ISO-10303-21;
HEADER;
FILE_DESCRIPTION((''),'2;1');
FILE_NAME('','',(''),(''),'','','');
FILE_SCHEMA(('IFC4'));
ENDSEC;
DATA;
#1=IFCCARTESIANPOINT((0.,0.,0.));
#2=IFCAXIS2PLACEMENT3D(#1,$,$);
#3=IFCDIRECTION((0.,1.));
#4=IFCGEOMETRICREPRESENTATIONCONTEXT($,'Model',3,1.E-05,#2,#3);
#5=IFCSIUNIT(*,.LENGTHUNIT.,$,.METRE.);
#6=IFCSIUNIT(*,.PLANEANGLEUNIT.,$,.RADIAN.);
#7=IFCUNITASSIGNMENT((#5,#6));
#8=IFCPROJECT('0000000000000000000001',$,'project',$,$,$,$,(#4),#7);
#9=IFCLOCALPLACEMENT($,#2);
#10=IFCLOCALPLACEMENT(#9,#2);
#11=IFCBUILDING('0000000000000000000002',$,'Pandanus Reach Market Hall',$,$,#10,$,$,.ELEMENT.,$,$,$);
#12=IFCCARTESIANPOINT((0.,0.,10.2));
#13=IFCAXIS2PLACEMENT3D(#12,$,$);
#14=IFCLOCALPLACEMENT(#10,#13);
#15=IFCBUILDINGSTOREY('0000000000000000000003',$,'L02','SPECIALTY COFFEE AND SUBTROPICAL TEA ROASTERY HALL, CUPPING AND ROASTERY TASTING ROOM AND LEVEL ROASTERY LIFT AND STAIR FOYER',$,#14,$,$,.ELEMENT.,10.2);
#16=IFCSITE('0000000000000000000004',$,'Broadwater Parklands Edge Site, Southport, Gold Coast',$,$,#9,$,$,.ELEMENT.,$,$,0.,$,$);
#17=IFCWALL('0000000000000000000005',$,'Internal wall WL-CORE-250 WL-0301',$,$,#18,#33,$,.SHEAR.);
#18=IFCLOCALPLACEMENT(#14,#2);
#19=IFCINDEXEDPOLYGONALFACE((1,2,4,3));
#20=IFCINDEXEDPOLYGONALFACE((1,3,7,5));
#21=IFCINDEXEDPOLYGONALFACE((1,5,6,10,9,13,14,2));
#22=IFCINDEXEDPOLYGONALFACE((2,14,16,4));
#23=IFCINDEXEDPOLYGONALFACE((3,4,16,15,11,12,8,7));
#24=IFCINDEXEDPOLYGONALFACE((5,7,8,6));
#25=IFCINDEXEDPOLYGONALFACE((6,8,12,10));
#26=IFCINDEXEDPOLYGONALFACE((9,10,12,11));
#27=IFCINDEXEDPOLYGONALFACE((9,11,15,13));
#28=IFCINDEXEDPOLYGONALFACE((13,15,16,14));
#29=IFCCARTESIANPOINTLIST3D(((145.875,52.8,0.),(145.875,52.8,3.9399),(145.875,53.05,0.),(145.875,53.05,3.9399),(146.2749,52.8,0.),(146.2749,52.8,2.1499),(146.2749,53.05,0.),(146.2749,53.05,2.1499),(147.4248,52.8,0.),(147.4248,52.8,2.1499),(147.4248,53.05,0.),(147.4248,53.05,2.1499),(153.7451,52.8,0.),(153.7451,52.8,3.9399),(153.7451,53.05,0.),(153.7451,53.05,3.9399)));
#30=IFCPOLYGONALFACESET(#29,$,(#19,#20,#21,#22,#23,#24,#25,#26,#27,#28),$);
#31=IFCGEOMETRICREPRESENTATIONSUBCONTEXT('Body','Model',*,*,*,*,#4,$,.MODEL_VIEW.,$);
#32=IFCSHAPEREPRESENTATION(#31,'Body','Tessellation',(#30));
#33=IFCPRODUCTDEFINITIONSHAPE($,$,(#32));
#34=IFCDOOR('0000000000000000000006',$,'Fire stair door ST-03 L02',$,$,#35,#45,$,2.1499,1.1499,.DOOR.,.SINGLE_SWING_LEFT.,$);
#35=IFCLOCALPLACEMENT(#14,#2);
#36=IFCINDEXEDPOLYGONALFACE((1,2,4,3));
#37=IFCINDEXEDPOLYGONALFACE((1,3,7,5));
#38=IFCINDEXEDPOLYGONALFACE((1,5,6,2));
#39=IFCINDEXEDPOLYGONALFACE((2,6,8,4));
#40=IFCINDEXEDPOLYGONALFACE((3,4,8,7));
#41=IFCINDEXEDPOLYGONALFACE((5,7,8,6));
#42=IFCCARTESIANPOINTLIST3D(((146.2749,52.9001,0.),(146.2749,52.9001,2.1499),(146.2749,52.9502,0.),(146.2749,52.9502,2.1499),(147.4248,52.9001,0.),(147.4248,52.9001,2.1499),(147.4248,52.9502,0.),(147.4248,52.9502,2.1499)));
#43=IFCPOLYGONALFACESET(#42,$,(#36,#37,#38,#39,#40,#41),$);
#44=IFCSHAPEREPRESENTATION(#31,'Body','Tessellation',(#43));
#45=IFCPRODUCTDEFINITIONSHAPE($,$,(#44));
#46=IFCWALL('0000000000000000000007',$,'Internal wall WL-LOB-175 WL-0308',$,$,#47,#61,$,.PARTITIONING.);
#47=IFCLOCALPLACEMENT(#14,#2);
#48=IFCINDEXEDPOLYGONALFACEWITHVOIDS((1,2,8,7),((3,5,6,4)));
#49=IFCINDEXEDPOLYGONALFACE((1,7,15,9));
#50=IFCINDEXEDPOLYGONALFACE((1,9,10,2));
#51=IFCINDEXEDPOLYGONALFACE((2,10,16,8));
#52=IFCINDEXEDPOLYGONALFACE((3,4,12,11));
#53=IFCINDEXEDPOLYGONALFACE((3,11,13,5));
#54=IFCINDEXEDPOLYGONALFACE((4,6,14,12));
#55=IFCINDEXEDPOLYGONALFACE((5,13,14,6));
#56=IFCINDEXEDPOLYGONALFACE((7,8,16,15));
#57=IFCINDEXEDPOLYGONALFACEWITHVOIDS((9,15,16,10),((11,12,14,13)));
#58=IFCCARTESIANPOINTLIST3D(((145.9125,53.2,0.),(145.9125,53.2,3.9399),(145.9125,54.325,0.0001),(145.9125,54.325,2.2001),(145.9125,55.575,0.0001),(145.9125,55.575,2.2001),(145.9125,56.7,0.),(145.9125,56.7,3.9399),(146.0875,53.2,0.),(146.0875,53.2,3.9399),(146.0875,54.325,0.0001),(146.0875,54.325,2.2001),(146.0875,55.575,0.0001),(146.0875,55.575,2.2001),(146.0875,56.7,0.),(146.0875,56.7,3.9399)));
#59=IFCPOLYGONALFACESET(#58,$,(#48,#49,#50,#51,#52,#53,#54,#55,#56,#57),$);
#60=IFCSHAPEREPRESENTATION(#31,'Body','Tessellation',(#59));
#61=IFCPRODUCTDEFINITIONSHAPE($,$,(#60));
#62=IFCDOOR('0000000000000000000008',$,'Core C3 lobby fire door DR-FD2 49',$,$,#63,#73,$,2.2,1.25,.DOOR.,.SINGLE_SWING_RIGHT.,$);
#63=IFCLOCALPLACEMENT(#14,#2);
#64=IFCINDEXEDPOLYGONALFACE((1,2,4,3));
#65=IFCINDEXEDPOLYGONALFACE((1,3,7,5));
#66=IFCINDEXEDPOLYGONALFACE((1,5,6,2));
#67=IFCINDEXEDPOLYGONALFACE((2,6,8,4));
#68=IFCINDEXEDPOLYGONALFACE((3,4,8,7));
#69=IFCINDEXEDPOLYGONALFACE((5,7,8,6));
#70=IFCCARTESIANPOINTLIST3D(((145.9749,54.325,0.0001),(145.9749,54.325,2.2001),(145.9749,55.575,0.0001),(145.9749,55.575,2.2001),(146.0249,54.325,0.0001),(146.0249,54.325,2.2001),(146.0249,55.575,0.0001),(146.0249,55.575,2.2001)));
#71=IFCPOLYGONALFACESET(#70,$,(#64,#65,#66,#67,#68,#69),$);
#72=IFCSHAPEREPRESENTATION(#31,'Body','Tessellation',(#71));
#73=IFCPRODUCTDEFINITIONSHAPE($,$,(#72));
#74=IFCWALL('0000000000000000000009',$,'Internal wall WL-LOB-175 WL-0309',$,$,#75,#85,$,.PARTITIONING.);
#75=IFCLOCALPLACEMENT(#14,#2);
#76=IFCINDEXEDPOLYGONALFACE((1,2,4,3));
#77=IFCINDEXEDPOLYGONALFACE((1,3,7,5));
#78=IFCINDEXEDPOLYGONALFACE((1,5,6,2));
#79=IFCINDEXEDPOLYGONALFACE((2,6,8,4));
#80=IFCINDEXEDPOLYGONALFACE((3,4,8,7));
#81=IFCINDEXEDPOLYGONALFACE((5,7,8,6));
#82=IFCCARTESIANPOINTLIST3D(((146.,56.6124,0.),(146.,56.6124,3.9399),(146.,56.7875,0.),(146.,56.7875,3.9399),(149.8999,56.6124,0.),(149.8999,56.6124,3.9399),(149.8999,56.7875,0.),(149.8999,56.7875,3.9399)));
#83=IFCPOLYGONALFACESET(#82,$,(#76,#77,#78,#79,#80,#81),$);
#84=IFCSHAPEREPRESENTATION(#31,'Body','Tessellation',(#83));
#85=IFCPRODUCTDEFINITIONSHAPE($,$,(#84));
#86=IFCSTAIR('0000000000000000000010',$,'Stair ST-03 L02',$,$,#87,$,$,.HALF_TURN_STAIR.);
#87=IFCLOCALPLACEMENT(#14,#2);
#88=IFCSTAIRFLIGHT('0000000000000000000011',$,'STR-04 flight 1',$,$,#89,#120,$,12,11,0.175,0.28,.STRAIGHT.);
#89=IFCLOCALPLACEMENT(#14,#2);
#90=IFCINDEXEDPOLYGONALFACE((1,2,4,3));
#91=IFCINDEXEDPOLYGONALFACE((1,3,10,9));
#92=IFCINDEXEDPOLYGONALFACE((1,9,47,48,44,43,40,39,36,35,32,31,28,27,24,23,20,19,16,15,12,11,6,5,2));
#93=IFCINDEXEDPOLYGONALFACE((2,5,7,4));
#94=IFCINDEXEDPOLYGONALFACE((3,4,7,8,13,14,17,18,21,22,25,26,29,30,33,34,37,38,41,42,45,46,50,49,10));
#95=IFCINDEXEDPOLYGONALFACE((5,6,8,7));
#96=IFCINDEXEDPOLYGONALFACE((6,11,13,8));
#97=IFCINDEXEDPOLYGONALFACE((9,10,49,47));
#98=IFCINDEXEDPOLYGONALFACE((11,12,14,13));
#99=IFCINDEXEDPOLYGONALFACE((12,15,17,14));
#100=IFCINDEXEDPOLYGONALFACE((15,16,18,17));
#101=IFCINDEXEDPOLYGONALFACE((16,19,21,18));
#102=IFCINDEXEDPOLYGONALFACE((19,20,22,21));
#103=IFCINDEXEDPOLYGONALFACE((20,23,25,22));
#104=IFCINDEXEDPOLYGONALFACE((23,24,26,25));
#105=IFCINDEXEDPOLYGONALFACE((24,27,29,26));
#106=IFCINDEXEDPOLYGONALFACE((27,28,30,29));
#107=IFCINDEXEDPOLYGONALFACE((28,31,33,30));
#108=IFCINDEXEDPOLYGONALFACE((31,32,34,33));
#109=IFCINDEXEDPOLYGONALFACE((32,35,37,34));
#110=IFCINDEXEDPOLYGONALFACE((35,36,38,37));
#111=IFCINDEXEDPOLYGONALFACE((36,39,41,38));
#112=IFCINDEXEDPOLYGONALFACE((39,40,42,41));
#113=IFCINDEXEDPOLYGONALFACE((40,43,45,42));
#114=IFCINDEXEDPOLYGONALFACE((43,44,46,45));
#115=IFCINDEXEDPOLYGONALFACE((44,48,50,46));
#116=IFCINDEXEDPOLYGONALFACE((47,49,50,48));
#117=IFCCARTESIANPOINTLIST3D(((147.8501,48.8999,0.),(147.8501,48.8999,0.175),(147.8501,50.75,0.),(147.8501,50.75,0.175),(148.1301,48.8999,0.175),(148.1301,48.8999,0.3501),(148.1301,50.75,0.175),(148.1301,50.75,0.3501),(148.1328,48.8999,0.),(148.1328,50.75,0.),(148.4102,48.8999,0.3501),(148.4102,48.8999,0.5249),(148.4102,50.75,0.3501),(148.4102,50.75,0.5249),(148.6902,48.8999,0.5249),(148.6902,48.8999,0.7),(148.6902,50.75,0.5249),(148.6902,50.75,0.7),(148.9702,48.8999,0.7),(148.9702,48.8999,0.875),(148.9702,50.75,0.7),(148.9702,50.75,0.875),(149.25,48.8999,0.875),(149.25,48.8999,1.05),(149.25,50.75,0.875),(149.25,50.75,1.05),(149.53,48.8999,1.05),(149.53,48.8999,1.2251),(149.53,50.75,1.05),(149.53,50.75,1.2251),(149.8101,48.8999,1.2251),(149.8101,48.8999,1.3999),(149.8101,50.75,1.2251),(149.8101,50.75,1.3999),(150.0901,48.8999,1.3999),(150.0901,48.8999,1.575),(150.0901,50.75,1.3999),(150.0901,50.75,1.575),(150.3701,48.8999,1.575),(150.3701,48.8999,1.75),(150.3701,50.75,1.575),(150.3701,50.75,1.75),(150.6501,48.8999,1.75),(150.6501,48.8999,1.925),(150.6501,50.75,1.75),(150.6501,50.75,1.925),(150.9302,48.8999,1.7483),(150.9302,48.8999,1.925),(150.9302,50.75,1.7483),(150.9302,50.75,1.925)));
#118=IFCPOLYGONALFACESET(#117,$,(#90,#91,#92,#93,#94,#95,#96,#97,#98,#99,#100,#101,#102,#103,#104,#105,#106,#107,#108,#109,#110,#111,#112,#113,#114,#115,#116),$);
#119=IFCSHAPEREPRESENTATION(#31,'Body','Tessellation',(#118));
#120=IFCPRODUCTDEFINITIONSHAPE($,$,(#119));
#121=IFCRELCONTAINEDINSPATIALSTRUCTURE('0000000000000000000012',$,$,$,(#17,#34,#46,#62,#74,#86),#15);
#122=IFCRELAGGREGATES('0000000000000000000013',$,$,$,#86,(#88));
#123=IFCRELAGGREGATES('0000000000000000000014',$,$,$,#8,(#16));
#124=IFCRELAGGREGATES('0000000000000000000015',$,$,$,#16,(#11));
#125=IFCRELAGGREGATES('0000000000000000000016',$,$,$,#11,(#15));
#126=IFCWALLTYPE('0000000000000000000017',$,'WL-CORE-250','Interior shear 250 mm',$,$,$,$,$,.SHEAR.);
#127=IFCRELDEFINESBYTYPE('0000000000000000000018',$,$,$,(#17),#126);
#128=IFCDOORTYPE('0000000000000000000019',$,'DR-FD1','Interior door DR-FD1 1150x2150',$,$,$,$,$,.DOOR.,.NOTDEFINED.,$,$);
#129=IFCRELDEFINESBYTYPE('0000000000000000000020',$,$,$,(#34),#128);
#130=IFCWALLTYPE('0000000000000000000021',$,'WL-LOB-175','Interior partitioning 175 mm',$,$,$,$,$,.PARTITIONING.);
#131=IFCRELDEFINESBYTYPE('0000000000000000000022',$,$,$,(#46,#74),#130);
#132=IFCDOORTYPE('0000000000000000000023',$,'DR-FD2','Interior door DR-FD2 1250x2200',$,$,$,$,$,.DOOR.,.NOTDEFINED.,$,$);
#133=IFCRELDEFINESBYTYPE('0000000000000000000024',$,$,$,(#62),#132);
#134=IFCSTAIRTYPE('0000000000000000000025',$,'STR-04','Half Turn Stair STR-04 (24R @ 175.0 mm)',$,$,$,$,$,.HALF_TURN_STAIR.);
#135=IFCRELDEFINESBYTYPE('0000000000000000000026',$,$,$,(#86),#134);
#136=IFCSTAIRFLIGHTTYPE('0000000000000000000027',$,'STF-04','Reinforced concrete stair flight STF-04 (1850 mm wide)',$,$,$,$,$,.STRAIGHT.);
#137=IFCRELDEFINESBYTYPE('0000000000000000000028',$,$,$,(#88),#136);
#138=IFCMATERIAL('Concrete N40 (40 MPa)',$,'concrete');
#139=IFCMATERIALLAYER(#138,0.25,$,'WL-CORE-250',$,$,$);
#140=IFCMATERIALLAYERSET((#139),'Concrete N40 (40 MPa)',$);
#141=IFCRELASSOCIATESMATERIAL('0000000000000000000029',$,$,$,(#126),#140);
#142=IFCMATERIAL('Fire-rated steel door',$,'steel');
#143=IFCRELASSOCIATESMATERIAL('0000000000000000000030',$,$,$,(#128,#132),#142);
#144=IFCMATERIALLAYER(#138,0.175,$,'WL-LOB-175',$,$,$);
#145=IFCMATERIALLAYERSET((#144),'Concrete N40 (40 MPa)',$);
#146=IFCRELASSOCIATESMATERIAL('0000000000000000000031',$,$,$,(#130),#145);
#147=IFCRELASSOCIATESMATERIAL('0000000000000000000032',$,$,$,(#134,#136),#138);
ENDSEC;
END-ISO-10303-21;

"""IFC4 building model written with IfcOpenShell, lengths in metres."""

from ifc_helpers import new_model, si_unit, direction, frame, frame_2d, origin, place, context, subcontext, project, spatial, polyline, rectangle, outline, extrude, material, layer, layer_set, type_object, element, fill, aggregate, save


model = new_model("IFC4")

# Units and contexts
model_context = context("Model", 3, precision=1e-05, world=origin(), true_north=direction((0.0, 1.0)))
body_context = subcontext(model_context, "Body", "Model", "MODEL_VIEW")
ifc_project = project(units=[si_unit("LENGTHUNIT", "METRE"), si_unit("PLANEANGLEUNIT", "RADIAN")], contexts=[model_context])

# Site, building, storey
site_placement = place(None, origin())
site = spatial("IfcSite", under=ifc_project, at=site_placement, Name="Broadwater Parklands Edge Site, Southport, Gold Coast", CompositionType="ELEMENT", RefElevation=0.0)
building_placement = place(site_placement, origin())
building = spatial("IfcBuilding", under=site, at=building_placement, Name="Pandanus Reach Market Hall", CompositionType="ELEMENT")
storey_placement = place(building_placement, frame((0.0, 0.0, 10.2)))
storey = spatial("IfcBuildingStorey", under=building, at=storey_placement, Name="L02", Description="SPECIALTY COFFEE AND SUBTROPICAL TEA ROASTERY HALL, CUPPING AND ROASTERY TASTING ROOM AND LEVEL ROASTERY LIFT AND STAIR FOYER", CompositionType="ELEMENT", Elevation=10.2)

# Walls, openings, doors
ifc_material_1 = material(Name="Concrete N40 (40 MPa)", Category="concrete")
ifc_layer_1 = layer(ifc_material_1, 0.25, Name="WL-CORE-250")
ifc_layer_set_1 = layer_set([ifc_layer_1], Name="Concrete N40 (40 MPa)")
wall_type_1 = type_object("IfcWallType", Name="WL-CORE-250", Description="Interior shear 250 mm", PredefinedType="SHEAR", material=ifc_layer_set_1)
wall_1_placement = place(storey_placement, frame((145.875, 52.925, 0.0), z_axis=(0.0, 0.0, 1.0), x_axis=(1.0, 0.0, 0.0)))
wall_1 = element("IfcWall", 1, at=wall_1_placement, inside=storey, type_object=wall_type_1, Name="Internal wall WL-CORE-250 WL-0301", PredefinedType="SHEAR", context=body_context, shape_type="SweptSolid", body=[
    extrude(rectangle(XDim=7.8701, YDim=0.25, at=frame_2d((3.9351, 0.0))), origin(), (0.0, 0.0, 1.0), 3.9399),
])
opening_1_placement = place(wall_1_placement, frame((0.3999, 0.0, 0.0)))
opening_1 = element("IfcOpeningElement", 2, at=opening_1_placement, cuts=wall_1, PredefinedType="OPENING", context=body_context, shape_type="SweptSolid", body=[
    extrude(rectangle(XDim=1.1499, YDim=2.1499, at=frame_2d((0.575, 1.075))), frame((0.0, 0.1399, 0.0), z_axis=(0.0, -1.0, 0.0), x_axis=(1.0, 0.0, 0.0)), (0.0, 0.0, 1.0), 0.28),
])
ifc_material_2 = material(Name="Fire-rated steel door", Category="steel")
door_type_1 = type_object("IfcDoorType", Name="DR-FD1", Description="Interior door DR-FD1 1150x2150", OperationType="NOTDEFINED", PredefinedType="DOOR", material=ifc_material_2)
door_1_placement = place(opening_1_placement, frame((1.1499, 0.0, 0.0), z_axis=(0.0, 0.0, 1.0), x_axis=(-1.0, 0.0, 0.0)))
door_1 = element("IfcDoor", 3, at=door_1_placement, inside=storey, type_object=door_type_1, Name="Fire stair door ST-03 L02", OperationType="SINGLE_SWING_LEFT", OverallHeight=2.1499, OverallWidth=1.1499, PredefinedType="DOOR", context=body_context, shape_type="SweptSolid", body=[
    extrude(rectangle(XDim=1.1499, YDim=2.1499, at=frame_2d((0.575, 1.075))), frame((0.0, 0.0249, 0.0), z_axis=(0.0, -1.0, 0.0), x_axis=(1.0, 0.0, 0.0)), (0.0, 0.0, 1.0), 0.05),
])
fill(opening_1, door_1)
ifc_layer_2 = layer(ifc_material_1, 0.175, Name="WL-LOB-175")
ifc_layer_set_2 = layer_set([ifc_layer_2], Name="Concrete N40 (40 MPa)")
wall_type_2 = type_object("IfcWallType", Name="WL-LOB-175", Description="Interior partitioning 175 mm", PredefinedType="PARTITIONING", material=ifc_layer_set_2)
wall_2_placement = place(storey_placement, frame((146.0, 53.2, 0.0), z_axis=(0.0, 0.0, 1.0), x_axis=(0.0, 1.0, 0.0)))
wall_2 = element("IfcWall", 4, at=wall_2_placement, inside=storey, type_object=wall_type_2, Name="Internal wall WL-LOB-175 WL-0308", PredefinedType="PARTITIONING", context=body_context, shape_type="SweptSolid", body=[
    extrude(rectangle(XDim=3.5, YDim=0.175, at=frame_2d((1.75, 0.0))), origin(), (0.0, 0.0, 1.0), 3.9399),
])
opening_2_placement = place(wall_2_placement, frame((1.125, 0.0, 0.0)))
opening_2 = element("IfcOpeningElement", 5, at=opening_2_placement, cuts=wall_2, PredefinedType="OPENING", context=body_context, shape_type="SweptSolid", body=[
    extrude(rectangle(XDim=1.25, YDim=2.2, at=frame_2d((0.625, 1.1001))), frame((0.0, 0.1025, 0.0), z_axis=(0.0, -1.0, 0.0), x_axis=(1.0, 0.0, 0.0)), (0.0, 0.0, 1.0), 0.2051),
])
door_type_2 = type_object("IfcDoorType", Name="DR-FD2", Description="Interior door DR-FD2 1250x2200", OperationType="NOTDEFINED", PredefinedType="DOOR", material=ifc_material_2)
door_2_placement = place(opening_2_placement, frame((1.25, 0.0, 0.0), z_axis=(0.0, 0.0, 1.0), x_axis=(-1.0, 0.0, 0.0)))
door_2 = element("IfcDoor", 6, at=door_2_placement, inside=storey, type_object=door_type_2, Name="Core C3 lobby fire door DR-FD2 49", OperationType="SINGLE_SWING_RIGHT", OverallHeight=2.2, OverallWidth=1.25, PredefinedType="DOOR", context=body_context, shape_type="SweptSolid", body=[
    extrude(rectangle(XDim=1.25, YDim=2.2, at=frame_2d((0.625, 1.1001))), frame((0.0, 0.0249, 0.0), z_axis=(0.0, -1.0, 0.0), x_axis=(1.0, 0.0, 0.0)), (0.0, 0.0, 1.0), 0.05),
])
fill(opening_2, door_2)

# Wall
wall_3_placement = place(storey_placement, frame((146.0, 56.7, 0.0), z_axis=(0.0, 0.0, 1.0), x_axis=(1.0, 0.0, 0.0)))
element("IfcWall", 7, at=wall_3_placement, inside=storey, type_object=wall_type_2, Name="Internal wall WL-LOB-175 WL-0309", PredefinedType="PARTITIONING", context=body_context, shape_type="SweptSolid", body=[
    extrude(rectangle(XDim=3.8999, YDim=0.175, at=frame_2d((1.95, 0.0))), origin(), (0.0, 0.0, 1.0), 3.9399),
])

# Stair, stair flight
stair_type = type_object("IfcStairType", Name="STR-04", Description="Half Turn Stair STR-04 (24R @ 175.0 mm)", PredefinedType="HALF_TURN_STAIR", material=ifc_material_1)
stair_placement = place(storey_placement, origin())
stair = element("IfcStair", 8, at=stair_placement, inside=storey, type_object=stair_type, Name="Stair ST-03 L02", PredefinedType="HALF_TURN_STAIR")
stair_flight_type = type_object("IfcStairFlightType", Name="STF-04", Description="Reinforced concrete stair flight STF-04 (1850 mm wide)", PredefinedType="STRAIGHT", material=ifc_material_1)
stair_flight_placement = place(storey_placement, frame((147.8501, 49.825, 0.0), z_axis=(0.0, 0.0, 1.0), x_axis=(1.0, 0.0, 0.0)))
stair_flight = element("IfcStairFlight", 9, at=stair_flight_placement, type_object=stair_flight_type, Name="STR-04 flight 1", NumberOfRisers=12, NumberOfTreads=11, PredefinedType="STRAIGHT", RiserHeight=0.175, TreadLength=0.28, context=body_context, shape_type="SweptSolid", body=[
    extrude(outline(polyline([(0.0, 0.0), (0.0, 0.175), (0.28, 0.175), (0.28, 0.3501), (0.5601, 0.3501), (0.5601, 0.5249), (0.8401, 0.5249), (0.8401, 0.7), (1.1201, 0.7), (1.1201, 0.875), (1.3999, 0.875), (1.3999, 1.05), (1.6799, 1.05), (1.6799, 1.2251), (1.96, 1.2251), (1.96, 1.3999), (2.24, 1.3999), (2.24, 1.575), (2.52, 1.575), (2.52, 1.75), (2.8, 1.75), (2.8, 1.925), (3.0801, 1.925), (3.0801, 2.1001), (3.0801, 1.7483), (0.2827, 0.0), (0.0, 0.0)])), frame((0.0, 0.925, 0.0), z_axis=(0.0, -1.0, 0.0), x_axis=(1.0, 0.0, 0.0)), (0.0, 0.0, 1.0), 1.8501),
])
aggregate(stair, [stair_flight])

save(model, "model.ifc")
